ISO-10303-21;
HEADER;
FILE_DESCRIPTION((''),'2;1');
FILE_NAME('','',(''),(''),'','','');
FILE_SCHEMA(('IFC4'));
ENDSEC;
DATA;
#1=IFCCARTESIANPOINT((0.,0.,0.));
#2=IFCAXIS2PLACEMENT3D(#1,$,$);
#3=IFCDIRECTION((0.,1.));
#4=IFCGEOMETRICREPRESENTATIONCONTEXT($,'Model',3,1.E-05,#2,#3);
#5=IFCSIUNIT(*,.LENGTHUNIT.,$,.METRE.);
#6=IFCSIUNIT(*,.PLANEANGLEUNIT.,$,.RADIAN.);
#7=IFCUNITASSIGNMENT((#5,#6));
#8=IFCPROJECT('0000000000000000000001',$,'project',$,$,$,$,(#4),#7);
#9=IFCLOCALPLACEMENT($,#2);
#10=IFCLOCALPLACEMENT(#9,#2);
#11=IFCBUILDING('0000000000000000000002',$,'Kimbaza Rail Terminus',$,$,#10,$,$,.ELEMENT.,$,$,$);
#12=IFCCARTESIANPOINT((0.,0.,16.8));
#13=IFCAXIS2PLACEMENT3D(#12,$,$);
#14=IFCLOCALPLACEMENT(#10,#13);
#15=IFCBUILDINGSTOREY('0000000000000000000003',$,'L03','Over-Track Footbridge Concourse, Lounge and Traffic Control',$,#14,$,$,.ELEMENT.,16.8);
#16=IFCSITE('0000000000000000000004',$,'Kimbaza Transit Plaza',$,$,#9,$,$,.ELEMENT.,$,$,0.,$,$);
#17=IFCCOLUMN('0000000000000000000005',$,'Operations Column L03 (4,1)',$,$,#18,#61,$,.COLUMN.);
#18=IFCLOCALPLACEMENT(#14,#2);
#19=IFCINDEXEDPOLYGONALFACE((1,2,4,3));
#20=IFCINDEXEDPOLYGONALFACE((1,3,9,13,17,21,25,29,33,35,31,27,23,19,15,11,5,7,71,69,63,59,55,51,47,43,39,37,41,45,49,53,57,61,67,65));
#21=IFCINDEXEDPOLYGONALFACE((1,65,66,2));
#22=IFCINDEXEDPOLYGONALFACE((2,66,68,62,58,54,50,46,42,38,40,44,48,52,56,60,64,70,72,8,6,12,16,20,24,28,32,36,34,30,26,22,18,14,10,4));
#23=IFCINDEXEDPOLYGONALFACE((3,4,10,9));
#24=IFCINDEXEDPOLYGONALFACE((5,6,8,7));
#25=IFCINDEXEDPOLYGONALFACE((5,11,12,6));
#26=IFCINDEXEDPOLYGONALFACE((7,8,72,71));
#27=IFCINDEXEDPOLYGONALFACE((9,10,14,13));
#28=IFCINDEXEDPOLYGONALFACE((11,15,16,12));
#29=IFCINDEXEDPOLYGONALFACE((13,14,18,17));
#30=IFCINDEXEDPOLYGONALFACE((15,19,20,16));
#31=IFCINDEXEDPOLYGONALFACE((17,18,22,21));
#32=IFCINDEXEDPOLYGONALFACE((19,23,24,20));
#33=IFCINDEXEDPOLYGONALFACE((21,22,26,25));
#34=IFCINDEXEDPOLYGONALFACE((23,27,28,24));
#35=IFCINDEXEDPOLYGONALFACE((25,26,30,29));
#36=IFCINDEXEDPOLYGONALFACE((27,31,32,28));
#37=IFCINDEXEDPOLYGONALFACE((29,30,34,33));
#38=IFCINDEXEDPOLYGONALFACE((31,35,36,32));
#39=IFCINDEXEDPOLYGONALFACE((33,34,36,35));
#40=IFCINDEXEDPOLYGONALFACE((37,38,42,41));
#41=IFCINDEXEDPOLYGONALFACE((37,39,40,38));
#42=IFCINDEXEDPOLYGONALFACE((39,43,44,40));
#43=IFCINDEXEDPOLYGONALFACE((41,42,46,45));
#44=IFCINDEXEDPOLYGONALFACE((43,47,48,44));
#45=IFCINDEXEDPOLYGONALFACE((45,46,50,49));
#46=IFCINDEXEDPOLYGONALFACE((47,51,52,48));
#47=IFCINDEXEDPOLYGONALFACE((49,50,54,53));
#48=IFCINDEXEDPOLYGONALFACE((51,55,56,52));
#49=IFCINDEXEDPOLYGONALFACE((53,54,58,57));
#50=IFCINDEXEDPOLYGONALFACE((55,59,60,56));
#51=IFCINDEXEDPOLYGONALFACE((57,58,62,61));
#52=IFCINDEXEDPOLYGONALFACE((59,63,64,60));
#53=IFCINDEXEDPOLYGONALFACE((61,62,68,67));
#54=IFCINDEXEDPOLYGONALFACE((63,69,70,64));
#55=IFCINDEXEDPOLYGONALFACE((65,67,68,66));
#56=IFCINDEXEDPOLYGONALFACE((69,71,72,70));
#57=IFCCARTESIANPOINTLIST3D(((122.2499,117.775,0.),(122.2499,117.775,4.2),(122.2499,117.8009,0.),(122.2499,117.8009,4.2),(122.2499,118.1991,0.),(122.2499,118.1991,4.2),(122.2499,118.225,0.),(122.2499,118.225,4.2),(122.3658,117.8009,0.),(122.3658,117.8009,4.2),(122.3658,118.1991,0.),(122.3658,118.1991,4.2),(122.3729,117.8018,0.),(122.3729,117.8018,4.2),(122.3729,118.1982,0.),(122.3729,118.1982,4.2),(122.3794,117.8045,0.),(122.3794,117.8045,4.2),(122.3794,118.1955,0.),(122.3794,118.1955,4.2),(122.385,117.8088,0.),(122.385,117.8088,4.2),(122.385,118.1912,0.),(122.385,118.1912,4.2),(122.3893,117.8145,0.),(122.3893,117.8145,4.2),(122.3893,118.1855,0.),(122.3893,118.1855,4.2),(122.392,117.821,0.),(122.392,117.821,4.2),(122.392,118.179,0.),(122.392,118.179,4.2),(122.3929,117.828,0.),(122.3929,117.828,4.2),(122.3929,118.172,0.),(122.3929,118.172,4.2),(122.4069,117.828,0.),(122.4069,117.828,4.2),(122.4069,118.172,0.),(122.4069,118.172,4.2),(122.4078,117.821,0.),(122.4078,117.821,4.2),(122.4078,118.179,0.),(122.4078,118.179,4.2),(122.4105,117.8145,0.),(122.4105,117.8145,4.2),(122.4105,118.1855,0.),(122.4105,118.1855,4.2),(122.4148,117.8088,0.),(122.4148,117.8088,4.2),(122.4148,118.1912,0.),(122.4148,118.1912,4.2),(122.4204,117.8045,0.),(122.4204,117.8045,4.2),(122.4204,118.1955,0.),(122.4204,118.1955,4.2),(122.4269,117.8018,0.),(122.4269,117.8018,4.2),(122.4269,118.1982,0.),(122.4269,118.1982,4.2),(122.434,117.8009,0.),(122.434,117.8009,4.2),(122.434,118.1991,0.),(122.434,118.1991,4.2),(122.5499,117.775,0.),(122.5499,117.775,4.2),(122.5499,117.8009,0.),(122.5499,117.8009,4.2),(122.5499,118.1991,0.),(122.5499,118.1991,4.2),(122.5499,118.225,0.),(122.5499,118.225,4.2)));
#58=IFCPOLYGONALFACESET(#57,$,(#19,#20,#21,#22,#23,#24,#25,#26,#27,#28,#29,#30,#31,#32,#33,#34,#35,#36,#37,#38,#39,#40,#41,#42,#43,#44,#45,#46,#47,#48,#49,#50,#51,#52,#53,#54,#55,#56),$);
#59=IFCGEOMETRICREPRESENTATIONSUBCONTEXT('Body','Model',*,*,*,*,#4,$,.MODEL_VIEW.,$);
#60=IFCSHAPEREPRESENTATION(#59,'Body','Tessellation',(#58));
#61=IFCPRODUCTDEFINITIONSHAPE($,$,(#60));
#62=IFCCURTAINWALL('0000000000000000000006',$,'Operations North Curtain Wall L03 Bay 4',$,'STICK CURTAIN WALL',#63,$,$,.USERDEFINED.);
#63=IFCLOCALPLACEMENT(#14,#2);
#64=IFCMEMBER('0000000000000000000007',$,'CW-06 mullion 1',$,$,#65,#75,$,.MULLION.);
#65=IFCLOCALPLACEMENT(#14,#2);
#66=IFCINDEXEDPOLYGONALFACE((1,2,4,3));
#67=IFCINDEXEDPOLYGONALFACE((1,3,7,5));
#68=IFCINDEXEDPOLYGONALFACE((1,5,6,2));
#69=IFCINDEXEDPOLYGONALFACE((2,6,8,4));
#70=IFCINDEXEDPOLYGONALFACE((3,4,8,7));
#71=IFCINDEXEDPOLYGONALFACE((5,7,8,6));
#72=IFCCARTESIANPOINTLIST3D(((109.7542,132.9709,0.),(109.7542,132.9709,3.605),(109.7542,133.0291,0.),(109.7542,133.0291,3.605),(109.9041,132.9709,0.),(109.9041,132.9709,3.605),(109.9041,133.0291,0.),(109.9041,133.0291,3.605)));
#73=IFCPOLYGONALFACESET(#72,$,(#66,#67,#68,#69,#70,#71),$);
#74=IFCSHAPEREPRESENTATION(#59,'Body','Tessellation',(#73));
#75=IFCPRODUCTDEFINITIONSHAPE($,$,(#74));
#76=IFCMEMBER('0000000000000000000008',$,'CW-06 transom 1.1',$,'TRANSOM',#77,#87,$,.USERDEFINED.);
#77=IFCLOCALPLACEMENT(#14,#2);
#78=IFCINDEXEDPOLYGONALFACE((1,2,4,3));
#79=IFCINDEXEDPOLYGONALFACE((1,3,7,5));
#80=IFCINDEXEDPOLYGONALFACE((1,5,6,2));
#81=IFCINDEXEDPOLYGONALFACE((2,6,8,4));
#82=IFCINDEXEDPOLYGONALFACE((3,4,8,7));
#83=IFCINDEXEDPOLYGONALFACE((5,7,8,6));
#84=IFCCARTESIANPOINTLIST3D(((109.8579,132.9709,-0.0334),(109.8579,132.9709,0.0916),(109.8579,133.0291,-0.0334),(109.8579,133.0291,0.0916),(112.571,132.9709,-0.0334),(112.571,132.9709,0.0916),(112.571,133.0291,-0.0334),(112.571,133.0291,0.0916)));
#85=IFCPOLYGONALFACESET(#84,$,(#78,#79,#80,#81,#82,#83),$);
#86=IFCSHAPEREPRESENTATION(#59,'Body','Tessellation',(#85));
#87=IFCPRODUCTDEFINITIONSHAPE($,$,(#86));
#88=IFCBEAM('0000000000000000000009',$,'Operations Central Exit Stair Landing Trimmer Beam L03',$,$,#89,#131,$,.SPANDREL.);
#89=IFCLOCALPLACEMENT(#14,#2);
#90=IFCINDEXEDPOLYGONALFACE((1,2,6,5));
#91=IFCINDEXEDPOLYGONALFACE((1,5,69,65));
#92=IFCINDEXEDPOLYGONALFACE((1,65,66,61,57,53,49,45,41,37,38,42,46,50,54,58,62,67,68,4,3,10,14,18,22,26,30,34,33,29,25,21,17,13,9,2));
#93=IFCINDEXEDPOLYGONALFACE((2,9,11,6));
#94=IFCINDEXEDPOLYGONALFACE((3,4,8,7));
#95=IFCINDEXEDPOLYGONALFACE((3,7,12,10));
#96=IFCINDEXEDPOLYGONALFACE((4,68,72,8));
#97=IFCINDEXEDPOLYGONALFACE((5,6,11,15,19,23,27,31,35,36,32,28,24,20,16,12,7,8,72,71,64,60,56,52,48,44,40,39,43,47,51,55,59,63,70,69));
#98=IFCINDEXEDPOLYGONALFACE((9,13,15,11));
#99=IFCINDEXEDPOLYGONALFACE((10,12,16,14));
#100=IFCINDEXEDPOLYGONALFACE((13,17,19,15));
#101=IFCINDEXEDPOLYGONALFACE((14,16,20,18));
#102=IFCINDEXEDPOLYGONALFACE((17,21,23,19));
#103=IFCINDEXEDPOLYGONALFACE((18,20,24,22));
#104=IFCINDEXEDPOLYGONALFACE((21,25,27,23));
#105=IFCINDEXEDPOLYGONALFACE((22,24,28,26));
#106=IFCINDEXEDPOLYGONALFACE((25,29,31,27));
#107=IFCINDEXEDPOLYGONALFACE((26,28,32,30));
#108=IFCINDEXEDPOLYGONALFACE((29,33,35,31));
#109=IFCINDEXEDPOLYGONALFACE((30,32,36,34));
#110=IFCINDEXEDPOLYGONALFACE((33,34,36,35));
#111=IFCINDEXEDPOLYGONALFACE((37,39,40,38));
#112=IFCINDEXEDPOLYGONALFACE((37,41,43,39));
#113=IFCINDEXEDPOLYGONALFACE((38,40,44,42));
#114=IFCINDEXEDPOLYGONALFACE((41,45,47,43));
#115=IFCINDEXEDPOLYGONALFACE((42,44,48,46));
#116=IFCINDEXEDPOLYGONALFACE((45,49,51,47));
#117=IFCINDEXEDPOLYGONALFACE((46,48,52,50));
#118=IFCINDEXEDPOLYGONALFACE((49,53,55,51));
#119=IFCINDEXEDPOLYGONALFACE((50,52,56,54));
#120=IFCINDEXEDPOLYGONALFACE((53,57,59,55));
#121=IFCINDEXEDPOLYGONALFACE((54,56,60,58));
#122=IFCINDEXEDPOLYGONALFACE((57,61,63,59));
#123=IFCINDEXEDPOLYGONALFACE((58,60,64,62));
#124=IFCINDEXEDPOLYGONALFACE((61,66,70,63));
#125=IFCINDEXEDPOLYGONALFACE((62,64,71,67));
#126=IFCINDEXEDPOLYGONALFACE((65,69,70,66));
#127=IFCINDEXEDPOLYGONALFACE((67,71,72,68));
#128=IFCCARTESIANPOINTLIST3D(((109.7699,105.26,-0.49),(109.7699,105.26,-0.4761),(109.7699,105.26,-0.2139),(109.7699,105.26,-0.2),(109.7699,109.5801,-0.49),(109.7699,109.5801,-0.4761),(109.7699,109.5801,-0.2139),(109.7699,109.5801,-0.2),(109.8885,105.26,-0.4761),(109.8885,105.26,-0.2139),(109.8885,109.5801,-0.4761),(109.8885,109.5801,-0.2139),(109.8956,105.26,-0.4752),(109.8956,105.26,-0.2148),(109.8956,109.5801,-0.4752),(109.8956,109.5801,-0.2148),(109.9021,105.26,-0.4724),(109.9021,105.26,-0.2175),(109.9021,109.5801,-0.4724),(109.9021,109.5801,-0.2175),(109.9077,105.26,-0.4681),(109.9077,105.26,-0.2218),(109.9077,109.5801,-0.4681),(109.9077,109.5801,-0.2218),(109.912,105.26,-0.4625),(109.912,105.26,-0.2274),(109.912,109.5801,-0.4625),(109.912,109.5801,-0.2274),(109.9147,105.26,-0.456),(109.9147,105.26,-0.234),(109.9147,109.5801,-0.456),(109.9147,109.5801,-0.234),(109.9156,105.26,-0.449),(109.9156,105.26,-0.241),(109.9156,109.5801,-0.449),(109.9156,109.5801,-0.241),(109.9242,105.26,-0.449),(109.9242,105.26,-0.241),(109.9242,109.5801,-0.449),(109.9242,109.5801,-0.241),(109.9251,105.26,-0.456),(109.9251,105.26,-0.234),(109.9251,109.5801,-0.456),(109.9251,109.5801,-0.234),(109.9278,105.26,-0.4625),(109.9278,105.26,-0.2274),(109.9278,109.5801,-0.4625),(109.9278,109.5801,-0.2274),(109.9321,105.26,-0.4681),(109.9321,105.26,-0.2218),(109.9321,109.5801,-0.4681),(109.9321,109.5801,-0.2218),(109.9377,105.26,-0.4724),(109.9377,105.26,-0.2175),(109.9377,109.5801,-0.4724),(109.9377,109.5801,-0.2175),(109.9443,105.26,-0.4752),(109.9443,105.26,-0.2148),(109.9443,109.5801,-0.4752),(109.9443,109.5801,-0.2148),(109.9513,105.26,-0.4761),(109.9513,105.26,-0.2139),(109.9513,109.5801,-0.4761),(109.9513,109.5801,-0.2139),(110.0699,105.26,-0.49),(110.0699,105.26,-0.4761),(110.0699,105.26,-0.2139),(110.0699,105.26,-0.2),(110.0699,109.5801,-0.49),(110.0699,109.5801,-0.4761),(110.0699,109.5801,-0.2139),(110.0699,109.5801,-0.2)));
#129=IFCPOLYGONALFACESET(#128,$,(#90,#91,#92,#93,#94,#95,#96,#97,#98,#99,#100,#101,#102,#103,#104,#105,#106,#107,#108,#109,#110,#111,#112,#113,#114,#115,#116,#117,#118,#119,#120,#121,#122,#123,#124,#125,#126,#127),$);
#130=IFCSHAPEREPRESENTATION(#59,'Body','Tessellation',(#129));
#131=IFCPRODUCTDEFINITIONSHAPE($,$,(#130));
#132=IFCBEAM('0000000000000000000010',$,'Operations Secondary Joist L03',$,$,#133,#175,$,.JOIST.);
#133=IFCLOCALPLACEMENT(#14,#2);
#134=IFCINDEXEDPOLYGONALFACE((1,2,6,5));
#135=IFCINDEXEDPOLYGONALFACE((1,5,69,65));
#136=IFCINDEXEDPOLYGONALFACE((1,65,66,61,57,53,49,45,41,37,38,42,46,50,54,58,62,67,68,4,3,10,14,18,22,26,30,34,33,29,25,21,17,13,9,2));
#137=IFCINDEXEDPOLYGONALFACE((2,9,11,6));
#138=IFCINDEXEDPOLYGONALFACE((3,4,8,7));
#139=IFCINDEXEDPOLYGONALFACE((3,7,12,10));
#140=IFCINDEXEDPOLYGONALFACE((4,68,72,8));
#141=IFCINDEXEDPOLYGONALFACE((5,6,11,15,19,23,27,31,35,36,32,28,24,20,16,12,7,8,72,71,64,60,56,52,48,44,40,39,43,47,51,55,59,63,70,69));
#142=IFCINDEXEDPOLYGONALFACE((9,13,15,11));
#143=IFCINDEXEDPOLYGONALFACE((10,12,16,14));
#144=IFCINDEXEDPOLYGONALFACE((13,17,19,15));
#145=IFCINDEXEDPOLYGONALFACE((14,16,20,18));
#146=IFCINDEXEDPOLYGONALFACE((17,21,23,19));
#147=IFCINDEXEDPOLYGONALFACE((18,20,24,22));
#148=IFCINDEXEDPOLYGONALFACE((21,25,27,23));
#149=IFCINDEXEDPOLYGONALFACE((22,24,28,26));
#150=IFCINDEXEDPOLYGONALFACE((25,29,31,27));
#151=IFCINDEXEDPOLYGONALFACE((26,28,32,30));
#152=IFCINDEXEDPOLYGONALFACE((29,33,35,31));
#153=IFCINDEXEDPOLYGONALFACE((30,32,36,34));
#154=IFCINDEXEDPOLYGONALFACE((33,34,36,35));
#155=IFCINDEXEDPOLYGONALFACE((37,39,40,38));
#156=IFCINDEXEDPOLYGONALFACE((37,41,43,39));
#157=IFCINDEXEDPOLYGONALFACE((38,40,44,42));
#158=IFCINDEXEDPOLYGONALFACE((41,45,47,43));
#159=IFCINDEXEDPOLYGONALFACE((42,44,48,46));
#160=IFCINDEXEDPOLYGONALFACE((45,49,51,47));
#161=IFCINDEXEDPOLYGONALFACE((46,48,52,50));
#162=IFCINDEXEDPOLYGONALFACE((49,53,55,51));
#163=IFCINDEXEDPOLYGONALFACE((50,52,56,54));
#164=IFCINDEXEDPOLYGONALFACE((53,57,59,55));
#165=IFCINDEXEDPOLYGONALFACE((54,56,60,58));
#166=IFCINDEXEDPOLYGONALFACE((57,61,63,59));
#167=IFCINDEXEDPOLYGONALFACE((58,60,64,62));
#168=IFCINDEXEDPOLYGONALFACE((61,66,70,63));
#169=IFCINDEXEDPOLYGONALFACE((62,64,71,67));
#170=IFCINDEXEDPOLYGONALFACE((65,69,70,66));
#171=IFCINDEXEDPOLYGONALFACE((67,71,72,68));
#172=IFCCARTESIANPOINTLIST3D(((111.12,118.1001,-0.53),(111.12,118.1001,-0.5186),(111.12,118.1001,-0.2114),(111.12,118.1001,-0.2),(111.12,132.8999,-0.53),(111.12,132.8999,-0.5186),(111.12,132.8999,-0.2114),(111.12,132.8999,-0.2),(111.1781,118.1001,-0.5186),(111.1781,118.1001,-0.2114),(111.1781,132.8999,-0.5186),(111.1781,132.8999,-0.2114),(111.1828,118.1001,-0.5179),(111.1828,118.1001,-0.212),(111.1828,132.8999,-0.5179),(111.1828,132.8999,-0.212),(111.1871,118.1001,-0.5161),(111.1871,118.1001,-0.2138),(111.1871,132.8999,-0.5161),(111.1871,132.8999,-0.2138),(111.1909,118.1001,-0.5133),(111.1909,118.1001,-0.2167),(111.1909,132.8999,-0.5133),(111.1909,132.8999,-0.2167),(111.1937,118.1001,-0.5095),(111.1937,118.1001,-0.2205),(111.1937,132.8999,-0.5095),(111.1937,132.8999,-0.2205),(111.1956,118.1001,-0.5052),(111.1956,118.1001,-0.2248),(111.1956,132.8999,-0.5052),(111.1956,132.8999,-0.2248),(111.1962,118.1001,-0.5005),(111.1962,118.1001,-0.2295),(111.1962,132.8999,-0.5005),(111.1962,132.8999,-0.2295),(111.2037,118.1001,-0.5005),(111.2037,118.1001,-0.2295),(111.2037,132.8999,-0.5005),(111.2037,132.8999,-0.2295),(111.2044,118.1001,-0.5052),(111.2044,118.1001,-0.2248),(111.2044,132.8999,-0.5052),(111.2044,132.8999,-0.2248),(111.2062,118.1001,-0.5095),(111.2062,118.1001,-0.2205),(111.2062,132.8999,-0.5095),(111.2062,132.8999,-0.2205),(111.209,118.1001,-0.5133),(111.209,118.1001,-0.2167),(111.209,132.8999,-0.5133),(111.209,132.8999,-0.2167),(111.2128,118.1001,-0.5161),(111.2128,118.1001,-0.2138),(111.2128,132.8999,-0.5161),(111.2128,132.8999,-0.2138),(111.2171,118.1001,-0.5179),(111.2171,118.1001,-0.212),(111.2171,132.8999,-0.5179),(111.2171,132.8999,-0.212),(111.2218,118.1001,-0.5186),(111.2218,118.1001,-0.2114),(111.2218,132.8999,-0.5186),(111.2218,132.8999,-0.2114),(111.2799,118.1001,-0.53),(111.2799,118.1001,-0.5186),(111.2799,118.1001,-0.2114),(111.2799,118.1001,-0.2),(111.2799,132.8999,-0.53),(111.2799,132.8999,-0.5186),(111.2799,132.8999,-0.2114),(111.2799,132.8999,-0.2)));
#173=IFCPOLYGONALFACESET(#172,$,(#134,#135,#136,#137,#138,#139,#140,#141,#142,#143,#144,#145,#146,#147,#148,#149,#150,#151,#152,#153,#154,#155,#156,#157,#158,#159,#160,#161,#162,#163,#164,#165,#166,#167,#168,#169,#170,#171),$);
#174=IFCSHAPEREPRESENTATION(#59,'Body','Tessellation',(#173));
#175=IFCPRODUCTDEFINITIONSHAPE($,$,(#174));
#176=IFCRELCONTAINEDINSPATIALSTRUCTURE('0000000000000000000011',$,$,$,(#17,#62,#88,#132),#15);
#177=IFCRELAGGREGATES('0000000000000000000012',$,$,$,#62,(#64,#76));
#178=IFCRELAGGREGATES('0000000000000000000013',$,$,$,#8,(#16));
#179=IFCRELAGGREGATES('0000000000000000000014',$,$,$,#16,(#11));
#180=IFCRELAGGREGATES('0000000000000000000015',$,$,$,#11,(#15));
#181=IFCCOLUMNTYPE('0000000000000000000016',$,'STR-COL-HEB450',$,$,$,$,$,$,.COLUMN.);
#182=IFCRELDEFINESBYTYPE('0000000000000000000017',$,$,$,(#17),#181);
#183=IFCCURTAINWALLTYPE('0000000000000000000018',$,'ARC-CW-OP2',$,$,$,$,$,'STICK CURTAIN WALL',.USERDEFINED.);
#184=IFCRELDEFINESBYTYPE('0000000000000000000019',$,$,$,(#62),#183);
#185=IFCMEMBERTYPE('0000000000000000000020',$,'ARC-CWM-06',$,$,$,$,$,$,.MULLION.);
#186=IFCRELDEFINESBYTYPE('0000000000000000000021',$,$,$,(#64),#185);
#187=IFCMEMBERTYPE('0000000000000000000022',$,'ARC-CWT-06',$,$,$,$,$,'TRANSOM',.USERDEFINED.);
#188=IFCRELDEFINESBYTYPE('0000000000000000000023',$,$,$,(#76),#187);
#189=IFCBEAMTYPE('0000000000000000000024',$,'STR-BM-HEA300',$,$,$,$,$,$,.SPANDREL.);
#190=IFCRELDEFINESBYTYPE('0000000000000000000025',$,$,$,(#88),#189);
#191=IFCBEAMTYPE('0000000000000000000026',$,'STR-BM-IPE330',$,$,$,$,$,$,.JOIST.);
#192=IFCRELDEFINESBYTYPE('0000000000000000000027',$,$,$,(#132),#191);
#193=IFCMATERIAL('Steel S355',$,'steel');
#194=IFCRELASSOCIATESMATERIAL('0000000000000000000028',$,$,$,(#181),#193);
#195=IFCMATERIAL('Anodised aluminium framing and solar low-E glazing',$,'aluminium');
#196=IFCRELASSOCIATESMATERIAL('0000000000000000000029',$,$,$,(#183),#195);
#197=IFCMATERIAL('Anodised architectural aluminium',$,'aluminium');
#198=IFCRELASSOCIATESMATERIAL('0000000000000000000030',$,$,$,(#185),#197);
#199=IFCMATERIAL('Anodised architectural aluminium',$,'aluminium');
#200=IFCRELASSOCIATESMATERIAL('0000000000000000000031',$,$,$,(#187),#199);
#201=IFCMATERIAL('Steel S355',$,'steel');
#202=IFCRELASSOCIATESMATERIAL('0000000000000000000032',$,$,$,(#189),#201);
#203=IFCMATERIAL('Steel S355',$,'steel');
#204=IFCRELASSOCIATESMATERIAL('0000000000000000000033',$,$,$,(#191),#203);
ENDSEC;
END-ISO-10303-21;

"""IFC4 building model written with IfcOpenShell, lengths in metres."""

from ifc_helpers import new_model, si_unit, direction, frame, origin, origin_2d, place, context, subcontext, project, spatial, rectangle, i_section, extrude, material, material_profile, profile_set, type_object, element, aggregate, save


model = new_model("IFC4")

# Units and contexts
model_context = context("Model", 3, precision=1e-05, world=origin(), true_north=direction((0.0, 1.0)))
body_context = subcontext(model_context, "Body", "Model", "MODEL_VIEW")
ifc_project = project(units=[si_unit("LENGTHUNIT", "METRE"), si_unit("PLANEANGLEUNIT", "RADIAN")], contexts=[model_context])

# Site, building, storey
site_placement = place(None, origin())
site = spatial("IfcSite", under=ifc_project, at=site_placement, Name="Kimbaza Transit Plaza", CompositionType="ELEMENT", RefElevation=0.0)
building_placement = place(site_placement, origin())
building = spatial("IfcBuilding", under=site, at=building_placement, Name="Kimbaza Rail Terminus", CompositionType="ELEMENT")
storey_placement = place(building_placement, frame((0.0, 0.0, 16.8)))
storey = spatial("IfcBuildingStorey", under=building, at=storey_placement, Name="L03", Description="Over-Track Footbridge Concourse, Lounge and Traffic Control", CompositionType="ELEMENT", Elevation=16.8)

# Column
ifc_material_1 = material(Name="Steel S355", Category="steel")
ifc_material_profile_1 = material_profile(ifc_material_1, i_section(OverallWidth=0.3, OverallDepth=0.45, WebThickness=0.0139, FlangeThickness=0.0259, FilletRadius=0.0271, at=origin_2d()), Name="HEB 450")
ifc_profile_set_1 = profile_set([ifc_material_profile_1], Name="Steel S355")
column_type = type_object("IfcColumnType", Name="STR-COL-HEB450", PredefinedType="COLUMN", material=ifc_profile_set_1)
column_placement = place(storey_placement, frame((122.3999, 118.0, 0.0), z_axis=(0.0, 0.0, 1.0), x_axis=(1.0, 0.0, 0.0)))
element("IfcColumn", 1, at=column_placement, inside=storey, type_object=column_type, Name="Operations Column L03 (4,1)", PredefinedType="COLUMN", context=body_context, shape_type="SweptSolid", body=[
    extrude(i_section(OverallWidth=0.3, OverallDepth=0.45, WebThickness=0.0139, FlangeThickness=0.0259, FilletRadius=0.0271, at=origin_2d()), origin(), (0.0, 0.0, 1.0), 4.2),
])

# Curtain wall, members
ifc_material_2 = material(Name="Anodised aluminium framing and solar low-E glazing", Category="aluminium")
curtain_wall_type = type_object("IfcCurtainWallType", Name="ARC-CW-OP2", ElementType="STICK CURTAIN WALL", PredefinedType="USERDEFINED", material=ifc_material_2)
curtain_wall_placement = place(storey_placement, origin())
curtain_wall = element("IfcCurtainWall", 2, at=curtain_wall_placement, inside=storey, type_object=curtain_wall_type, Name="Operations North Curtain Wall L03 Bay 4", ObjectType="STICK CURTAIN WALL", PredefinedType="USERDEFINED")
ifc_material_3 = material(Name="Anodised architectural aluminium", Category="aluminium")
ifc_material_profile_2 = material_profile(ifc_material_3, rectangle(XDim=0.0581, YDim=0.1499, at=origin_2d()), Name="MULLION 58x150")
ifc_profile_set_2 = profile_set([ifc_material_profile_2], Name="Anodised architectural aluminium")
member_type_1 = type_object("IfcMemberType", Name="ARC-CWM-06", PredefinedType="MULLION", material=ifc_profile_set_2)
member_1_placement = place(storey_placement, frame((109.8291, 133.0, 0.0), z_axis=(0.0, 0.0, 1.0), x_axis=(0.0, 1.0, 0.0)))
member_1 = element("IfcMember", 3, at=member_1_placement, type_object=member_type_1, Name="CW-06 mullion 1", PredefinedType="MULLION", context=body_context, shape_type="SweptSolid", body=[
    extrude(rectangle(XDim=0.0581, YDim=0.1499, at=origin_2d()), origin(), (0.0, 0.0, 1.0), 3.605),
])
ifc_material_4 = material(Name="Anodised architectural aluminium", Category="aluminium")
ifc_material_profile_3 = material_profile(ifc_material_4, rectangle(XDim=0.0581, YDim=0.125, at=origin_2d()), Name="TRANSOM 58x125")
ifc_profile_set_3 = profile_set([ifc_material_profile_3], Name="Anodised architectural aluminium")
member_type_2 = type_object("IfcMemberType", Name="ARC-CWT-06", ElementType="TRANSOM", PredefinedType="USERDEFINED", material=ifc_profile_set_3)
member_2_placement = place(storey_placement, frame((109.8579, 133.0, 0.0291), z_axis=(1.0, 0.0, 0.0), x_axis=(0.0, 1.0, 0.0)))
member_2 = element("IfcMember", 4, at=member_2_placement, type_object=member_type_2, Name="CW-06 transom 1.1", ObjectType="TRANSOM", PredefinedType="USERDEFINED", context=body_context, shape_type="SweptSolid", body=[
    extrude(rectangle(XDim=0.0581, YDim=0.125, at=origin_2d()), origin(), (0.0, 0.0, 1.0), 2.7131),
])
aggregate(curtain_wall, [member_1, member_2])

# Beams
ifc_material_5 = material(Name="Steel S355", Category="steel")
ifc_material_profile_4 = material_profile(ifc_material_5, i_section(OverallWidth=0.3, OverallDepth=0.29, WebThickness=0.0085, FlangeThickness=0.0139, FilletRadius=0.0271, at=origin_2d()), Name="HEA 300")
ifc_profile_set_4 = profile_set([ifc_material_profile_4], Name="Steel S355")
beam_type_1 = type_object("IfcBeamType", Name="STR-BM-HEA300", PredefinedType="SPANDREL", material=ifc_profile_set_4)
beam_1_placement = place(storey_placement, frame((109.9199, 105.26, -0.345), z_axis=(0.0, 1.0, 0.0), x_axis=(-1.0, 0.0, 0.0)))
element("IfcBeam", 5, at=beam_1_placement, inside=storey, type_object=beam_type_1, Name="Operations Central Exit Stair Landing Trimmer Beam L03", PredefinedType="SPANDREL", context=body_context, shape_type="SweptSolid", body=[
    extrude(i_section(OverallWidth=0.3, OverallDepth=0.29, WebThickness=0.0085, FlangeThickness=0.0139, FilletRadius=0.0271, at=origin_2d()), origin(), (0.0, 0.0, 1.0), 4.3201),
])
ifc_material_6 = material(Name="Steel S355", Category="steel")
ifc_material_profile_5 = material_profile(ifc_material_6, i_section(OverallWidth=0.1599, OverallDepth=0.3301, WebThickness=0.0076, FlangeThickness=0.0115, FilletRadius=0.0181, at=origin_2d()), Name="IPE 330")
ifc_profile_set_5 = profile_set([ifc_material_profile_5], Name="Steel S355")
beam_type_2 = type_object("IfcBeamType", Name="STR-BM-IPE330", PredefinedType="JOIST", material=ifc_profile_set_5)
for number, where, z_axis, x_axis, name in (
    (6, (111.2, 118.1001, -0.365), (0.0, 1.0, 0.0), (-1.0, 0.0, 0.0), "Operations Secondary Joist L03"),
):
    element("IfcBeam", number, at=place(storey_placement, frame(where, z_axis=z_axis, x_axis=x_axis)), inside=storey, type_object=beam_type_2, Name=name, PredefinedType="JOIST", context=body_context, shape_type="SweptSolid", body=[
        extrude(i_section(OverallWidth=0.1599, OverallDepth=0.3301, WebThickness=0.0076, FlangeThickness=0.0115, FilletRadius=0.0181, at=origin_2d()), origin(), (0.0, 0.0, 1.0), 14.7998),
    ])

save(model, "model.ifc")
